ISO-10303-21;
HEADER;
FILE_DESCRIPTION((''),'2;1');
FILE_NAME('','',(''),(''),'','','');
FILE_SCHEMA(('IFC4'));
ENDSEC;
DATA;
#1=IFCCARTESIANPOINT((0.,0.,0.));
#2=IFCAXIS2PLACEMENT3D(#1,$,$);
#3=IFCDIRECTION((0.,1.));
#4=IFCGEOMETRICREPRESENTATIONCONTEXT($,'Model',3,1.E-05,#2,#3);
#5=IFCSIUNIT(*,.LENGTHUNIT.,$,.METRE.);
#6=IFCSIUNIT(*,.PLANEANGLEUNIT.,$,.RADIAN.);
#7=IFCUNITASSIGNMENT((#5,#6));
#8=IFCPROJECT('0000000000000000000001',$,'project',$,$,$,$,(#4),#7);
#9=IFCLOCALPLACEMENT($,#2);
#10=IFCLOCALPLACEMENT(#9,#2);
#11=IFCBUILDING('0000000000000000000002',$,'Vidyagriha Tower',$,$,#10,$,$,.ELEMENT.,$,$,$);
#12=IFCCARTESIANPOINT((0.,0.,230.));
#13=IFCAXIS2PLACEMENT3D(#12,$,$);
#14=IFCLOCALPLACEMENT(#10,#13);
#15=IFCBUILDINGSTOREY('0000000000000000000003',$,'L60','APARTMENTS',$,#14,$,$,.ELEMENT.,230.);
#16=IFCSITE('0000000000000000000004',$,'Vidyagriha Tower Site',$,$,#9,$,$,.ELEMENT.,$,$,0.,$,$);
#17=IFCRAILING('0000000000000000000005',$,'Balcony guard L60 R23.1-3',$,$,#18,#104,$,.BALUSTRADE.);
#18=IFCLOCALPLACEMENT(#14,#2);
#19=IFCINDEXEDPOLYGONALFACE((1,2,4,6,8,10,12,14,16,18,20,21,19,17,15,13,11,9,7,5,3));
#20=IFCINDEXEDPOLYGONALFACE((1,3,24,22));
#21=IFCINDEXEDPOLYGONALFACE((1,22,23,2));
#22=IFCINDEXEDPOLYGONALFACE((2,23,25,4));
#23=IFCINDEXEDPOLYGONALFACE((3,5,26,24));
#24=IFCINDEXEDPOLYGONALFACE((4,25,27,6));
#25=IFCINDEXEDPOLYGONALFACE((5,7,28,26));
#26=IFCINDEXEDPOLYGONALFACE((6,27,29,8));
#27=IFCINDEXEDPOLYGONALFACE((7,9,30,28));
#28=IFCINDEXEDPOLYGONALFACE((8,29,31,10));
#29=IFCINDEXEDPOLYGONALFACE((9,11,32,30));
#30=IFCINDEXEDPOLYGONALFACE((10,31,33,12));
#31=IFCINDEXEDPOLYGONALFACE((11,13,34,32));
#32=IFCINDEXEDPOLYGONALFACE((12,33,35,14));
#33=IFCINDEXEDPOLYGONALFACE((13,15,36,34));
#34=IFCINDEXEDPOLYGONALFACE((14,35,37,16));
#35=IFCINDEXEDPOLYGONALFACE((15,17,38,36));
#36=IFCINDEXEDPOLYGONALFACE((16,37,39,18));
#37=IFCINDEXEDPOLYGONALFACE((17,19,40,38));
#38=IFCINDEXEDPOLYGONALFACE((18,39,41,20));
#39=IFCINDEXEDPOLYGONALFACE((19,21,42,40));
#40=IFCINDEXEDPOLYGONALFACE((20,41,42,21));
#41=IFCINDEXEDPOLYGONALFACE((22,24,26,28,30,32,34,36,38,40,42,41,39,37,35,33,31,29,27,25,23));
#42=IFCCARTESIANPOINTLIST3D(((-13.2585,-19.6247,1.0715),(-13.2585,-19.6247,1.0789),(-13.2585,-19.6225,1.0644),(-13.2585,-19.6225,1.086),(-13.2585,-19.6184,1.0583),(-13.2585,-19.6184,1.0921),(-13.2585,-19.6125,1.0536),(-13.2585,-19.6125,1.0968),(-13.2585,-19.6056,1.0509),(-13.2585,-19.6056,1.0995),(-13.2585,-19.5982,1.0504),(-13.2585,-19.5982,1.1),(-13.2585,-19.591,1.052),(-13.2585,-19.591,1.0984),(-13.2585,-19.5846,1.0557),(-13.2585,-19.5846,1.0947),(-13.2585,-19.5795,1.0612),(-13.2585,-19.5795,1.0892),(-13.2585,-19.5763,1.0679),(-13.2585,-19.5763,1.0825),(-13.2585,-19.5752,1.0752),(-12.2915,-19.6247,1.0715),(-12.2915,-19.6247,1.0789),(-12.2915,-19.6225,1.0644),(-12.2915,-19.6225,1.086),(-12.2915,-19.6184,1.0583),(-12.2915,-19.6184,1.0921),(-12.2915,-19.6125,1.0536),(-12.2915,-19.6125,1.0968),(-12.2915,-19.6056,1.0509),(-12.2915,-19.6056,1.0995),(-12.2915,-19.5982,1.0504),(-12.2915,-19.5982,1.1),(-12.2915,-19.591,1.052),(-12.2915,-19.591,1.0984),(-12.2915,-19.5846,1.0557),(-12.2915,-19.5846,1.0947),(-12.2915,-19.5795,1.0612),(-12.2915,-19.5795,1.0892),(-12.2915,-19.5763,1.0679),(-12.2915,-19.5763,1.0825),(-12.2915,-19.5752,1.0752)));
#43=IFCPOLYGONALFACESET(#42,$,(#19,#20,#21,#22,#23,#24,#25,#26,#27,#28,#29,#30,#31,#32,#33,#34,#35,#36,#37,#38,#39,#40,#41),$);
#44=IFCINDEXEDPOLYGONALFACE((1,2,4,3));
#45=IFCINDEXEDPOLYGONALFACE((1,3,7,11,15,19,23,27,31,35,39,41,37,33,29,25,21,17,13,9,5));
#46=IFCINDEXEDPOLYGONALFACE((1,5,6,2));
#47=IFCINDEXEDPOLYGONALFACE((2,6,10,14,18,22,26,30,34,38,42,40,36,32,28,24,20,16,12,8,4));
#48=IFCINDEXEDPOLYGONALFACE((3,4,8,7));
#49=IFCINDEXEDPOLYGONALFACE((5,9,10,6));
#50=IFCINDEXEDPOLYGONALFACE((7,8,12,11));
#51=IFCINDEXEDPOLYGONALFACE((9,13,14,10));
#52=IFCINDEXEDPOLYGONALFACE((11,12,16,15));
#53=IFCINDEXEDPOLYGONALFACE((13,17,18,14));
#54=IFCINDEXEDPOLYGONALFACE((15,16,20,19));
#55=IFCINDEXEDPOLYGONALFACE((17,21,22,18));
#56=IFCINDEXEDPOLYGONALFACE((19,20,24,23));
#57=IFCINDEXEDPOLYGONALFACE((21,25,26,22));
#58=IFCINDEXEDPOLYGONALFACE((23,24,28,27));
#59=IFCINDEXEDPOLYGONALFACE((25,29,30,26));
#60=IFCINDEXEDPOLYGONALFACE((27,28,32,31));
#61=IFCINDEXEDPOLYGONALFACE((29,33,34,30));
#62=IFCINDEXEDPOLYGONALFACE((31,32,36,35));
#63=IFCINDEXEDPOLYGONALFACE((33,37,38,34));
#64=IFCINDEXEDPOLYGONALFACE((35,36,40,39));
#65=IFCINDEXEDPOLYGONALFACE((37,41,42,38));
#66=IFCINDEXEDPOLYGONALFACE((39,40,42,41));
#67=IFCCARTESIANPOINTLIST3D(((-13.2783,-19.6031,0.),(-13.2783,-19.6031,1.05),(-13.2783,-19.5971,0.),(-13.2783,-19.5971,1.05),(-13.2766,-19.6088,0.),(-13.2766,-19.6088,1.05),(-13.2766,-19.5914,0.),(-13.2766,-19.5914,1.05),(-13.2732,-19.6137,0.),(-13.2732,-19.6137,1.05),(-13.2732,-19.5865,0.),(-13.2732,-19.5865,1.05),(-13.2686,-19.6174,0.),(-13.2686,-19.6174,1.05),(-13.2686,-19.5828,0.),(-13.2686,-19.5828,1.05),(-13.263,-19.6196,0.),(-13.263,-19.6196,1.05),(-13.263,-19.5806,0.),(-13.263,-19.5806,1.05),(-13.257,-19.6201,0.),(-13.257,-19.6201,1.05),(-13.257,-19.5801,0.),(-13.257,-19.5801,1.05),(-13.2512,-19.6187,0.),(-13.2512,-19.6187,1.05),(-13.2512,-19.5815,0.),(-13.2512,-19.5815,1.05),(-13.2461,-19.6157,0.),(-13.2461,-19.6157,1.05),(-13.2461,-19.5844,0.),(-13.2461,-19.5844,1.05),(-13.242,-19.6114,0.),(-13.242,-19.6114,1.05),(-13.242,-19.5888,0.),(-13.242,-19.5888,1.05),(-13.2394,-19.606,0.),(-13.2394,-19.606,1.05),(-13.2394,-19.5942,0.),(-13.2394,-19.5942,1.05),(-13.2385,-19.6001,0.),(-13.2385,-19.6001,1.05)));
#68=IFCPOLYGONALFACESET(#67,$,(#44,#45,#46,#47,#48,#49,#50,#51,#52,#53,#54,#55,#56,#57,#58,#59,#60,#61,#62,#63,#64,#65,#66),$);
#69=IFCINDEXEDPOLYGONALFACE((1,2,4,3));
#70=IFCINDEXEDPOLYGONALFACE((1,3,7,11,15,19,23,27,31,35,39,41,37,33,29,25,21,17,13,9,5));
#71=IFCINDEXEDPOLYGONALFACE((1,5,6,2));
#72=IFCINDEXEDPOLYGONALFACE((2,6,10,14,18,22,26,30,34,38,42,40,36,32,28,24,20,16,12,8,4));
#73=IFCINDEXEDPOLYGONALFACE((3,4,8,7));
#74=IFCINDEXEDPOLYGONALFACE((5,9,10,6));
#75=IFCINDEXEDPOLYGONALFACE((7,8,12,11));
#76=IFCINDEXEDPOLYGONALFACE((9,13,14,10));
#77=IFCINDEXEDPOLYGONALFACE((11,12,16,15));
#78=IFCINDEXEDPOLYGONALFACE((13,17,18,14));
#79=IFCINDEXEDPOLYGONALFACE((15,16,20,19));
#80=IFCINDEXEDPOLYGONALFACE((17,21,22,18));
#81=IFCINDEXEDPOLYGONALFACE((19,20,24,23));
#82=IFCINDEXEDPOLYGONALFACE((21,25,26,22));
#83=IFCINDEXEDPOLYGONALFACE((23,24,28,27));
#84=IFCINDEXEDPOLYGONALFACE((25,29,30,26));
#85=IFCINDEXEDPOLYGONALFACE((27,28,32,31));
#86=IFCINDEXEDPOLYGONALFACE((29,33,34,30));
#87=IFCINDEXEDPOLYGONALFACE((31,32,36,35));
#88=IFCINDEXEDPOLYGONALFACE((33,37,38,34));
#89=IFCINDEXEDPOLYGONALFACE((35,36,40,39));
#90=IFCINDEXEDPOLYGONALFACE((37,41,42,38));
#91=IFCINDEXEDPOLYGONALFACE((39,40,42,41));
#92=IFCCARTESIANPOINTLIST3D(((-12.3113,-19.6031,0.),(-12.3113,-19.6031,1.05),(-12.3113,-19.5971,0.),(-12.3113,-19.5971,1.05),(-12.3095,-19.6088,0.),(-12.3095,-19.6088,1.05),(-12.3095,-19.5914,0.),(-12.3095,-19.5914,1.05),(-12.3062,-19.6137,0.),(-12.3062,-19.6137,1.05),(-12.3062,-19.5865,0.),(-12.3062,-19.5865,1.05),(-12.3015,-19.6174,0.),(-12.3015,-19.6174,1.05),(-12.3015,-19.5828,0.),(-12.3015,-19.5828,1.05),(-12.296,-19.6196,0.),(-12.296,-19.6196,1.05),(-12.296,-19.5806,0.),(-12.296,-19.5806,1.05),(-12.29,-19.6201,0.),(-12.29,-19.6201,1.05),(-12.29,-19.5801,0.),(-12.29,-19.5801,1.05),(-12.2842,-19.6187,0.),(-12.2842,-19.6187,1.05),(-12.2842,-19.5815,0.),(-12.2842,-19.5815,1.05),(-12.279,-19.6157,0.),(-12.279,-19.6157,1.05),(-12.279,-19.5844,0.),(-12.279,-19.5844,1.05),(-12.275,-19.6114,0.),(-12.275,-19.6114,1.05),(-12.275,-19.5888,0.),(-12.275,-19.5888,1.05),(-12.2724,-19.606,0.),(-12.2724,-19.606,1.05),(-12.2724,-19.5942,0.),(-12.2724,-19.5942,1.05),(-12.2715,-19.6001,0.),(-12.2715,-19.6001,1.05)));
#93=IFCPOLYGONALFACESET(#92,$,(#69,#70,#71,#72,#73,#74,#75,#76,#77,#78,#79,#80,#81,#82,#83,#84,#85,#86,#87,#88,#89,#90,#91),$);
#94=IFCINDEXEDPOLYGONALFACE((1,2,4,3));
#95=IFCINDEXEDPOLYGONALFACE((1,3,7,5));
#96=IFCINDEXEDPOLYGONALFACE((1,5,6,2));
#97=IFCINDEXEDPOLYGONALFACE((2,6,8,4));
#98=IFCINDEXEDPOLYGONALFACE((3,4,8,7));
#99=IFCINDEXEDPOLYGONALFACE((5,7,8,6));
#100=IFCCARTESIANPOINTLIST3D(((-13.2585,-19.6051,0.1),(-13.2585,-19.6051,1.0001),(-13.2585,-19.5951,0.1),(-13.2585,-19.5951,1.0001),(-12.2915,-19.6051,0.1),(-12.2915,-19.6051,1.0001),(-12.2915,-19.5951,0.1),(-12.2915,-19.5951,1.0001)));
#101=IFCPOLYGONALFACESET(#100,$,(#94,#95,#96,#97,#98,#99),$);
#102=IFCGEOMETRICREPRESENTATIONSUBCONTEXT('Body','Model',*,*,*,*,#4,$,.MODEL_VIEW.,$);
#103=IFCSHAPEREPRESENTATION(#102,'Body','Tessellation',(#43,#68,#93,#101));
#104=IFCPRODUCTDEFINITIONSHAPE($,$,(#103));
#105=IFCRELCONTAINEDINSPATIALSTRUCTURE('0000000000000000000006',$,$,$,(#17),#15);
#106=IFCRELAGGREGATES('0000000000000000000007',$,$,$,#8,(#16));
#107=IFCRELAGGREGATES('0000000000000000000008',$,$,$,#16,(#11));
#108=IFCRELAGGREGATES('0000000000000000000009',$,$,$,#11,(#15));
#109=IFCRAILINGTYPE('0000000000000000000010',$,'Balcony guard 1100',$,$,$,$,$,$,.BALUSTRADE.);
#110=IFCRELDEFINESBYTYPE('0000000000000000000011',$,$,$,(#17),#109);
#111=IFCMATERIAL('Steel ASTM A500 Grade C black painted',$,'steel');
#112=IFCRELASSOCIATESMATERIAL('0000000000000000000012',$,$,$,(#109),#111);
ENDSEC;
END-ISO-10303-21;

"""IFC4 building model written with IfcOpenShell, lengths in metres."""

from ifc_helpers import new_model, si_unit, direction, frame, origin, origin_2d, place, context, subcontext, project, spatial, rectangle, circle, extrude, material, type_object, element, save


model = new_model("IFC4")

# Units and contexts
model_context = context("Model", 3, precision=1e-05, world=origin(), true_north=direction((0.0, 1.0)))
body_context = subcontext(model_context, "Body", "Model", "MODEL_VIEW")
ifc_project = project(units=[si_unit("LENGTHUNIT", "METRE"), si_unit("PLANEANGLEUNIT", "RADIAN")], contexts=[model_context])

# Site, building, storey
site_placement = place(None, origin())
site = spatial("IfcSite", under=ifc_project, at=site_placement, Name="Vidyagriha Tower Site", CompositionType="ELEMENT", RefElevation=0.0)
building_placement = place(site_placement, origin())
building = spatial("IfcBuilding", under=site, at=building_placement, Name="Vidyagriha Tower", CompositionType="ELEMENT")
storey_placement = place(building_placement, frame((0.0, 0.0, 230.0)))
storey = spatial("IfcBuildingStorey", under=building, at=storey_placement, Name="L60", Description="APARTMENTS", CompositionType="ELEMENT", Elevation=230.0)

# Railing
ifc_material_1 = material(Name="Steel ASTM A500 Grade C black painted", Category="steel")
railing_type = type_object("IfcRailingType", Name="Balcony guard 1100", PredefinedType="BALUSTRADE", material=ifc_material_1)
railing_1_placement = place(storey_placement, frame((-13.2585, -19.6001, 0.0)))
element("IfcRailing", 1, at=railing_1_placement, inside=storey, type_object=railing_type, Name="Balcony guard L60 R23.1-3", PredefinedType="BALUSTRADE", context=body_context, shape_type="SweptSolid", body=[
    extrude(circle(Radius=0.0249, at=origin_2d()), frame((0.0, 0.0, 1.0752), z_axis=(1.0, 0.0, 0.0), x_axis=(0.0, 1.0, 0.0)), (0.0, 0.0, 1.0), 0.967),
    extrude(circle(Radius=0.02, at=origin_2d()), origin(), (0.0, 0.0, 1.0), 1.05),
    extrude(circle(Radius=0.02, at=origin_2d()), frame((0.967, 0.0, 0.0)), (0.0, 0.0, 1.0), 1.05),
    extrude(rectangle(XDim=0.01, YDim=0.9001, at=origin_2d()), frame((0.0, 0.0, 0.55), z_axis=(1.0, 0.0, 0.0), x_axis=(0.0, 1.0, 0.0)), (0.0, 0.0, 1.0), 0.967),
])

save(model, "model.ifc")
